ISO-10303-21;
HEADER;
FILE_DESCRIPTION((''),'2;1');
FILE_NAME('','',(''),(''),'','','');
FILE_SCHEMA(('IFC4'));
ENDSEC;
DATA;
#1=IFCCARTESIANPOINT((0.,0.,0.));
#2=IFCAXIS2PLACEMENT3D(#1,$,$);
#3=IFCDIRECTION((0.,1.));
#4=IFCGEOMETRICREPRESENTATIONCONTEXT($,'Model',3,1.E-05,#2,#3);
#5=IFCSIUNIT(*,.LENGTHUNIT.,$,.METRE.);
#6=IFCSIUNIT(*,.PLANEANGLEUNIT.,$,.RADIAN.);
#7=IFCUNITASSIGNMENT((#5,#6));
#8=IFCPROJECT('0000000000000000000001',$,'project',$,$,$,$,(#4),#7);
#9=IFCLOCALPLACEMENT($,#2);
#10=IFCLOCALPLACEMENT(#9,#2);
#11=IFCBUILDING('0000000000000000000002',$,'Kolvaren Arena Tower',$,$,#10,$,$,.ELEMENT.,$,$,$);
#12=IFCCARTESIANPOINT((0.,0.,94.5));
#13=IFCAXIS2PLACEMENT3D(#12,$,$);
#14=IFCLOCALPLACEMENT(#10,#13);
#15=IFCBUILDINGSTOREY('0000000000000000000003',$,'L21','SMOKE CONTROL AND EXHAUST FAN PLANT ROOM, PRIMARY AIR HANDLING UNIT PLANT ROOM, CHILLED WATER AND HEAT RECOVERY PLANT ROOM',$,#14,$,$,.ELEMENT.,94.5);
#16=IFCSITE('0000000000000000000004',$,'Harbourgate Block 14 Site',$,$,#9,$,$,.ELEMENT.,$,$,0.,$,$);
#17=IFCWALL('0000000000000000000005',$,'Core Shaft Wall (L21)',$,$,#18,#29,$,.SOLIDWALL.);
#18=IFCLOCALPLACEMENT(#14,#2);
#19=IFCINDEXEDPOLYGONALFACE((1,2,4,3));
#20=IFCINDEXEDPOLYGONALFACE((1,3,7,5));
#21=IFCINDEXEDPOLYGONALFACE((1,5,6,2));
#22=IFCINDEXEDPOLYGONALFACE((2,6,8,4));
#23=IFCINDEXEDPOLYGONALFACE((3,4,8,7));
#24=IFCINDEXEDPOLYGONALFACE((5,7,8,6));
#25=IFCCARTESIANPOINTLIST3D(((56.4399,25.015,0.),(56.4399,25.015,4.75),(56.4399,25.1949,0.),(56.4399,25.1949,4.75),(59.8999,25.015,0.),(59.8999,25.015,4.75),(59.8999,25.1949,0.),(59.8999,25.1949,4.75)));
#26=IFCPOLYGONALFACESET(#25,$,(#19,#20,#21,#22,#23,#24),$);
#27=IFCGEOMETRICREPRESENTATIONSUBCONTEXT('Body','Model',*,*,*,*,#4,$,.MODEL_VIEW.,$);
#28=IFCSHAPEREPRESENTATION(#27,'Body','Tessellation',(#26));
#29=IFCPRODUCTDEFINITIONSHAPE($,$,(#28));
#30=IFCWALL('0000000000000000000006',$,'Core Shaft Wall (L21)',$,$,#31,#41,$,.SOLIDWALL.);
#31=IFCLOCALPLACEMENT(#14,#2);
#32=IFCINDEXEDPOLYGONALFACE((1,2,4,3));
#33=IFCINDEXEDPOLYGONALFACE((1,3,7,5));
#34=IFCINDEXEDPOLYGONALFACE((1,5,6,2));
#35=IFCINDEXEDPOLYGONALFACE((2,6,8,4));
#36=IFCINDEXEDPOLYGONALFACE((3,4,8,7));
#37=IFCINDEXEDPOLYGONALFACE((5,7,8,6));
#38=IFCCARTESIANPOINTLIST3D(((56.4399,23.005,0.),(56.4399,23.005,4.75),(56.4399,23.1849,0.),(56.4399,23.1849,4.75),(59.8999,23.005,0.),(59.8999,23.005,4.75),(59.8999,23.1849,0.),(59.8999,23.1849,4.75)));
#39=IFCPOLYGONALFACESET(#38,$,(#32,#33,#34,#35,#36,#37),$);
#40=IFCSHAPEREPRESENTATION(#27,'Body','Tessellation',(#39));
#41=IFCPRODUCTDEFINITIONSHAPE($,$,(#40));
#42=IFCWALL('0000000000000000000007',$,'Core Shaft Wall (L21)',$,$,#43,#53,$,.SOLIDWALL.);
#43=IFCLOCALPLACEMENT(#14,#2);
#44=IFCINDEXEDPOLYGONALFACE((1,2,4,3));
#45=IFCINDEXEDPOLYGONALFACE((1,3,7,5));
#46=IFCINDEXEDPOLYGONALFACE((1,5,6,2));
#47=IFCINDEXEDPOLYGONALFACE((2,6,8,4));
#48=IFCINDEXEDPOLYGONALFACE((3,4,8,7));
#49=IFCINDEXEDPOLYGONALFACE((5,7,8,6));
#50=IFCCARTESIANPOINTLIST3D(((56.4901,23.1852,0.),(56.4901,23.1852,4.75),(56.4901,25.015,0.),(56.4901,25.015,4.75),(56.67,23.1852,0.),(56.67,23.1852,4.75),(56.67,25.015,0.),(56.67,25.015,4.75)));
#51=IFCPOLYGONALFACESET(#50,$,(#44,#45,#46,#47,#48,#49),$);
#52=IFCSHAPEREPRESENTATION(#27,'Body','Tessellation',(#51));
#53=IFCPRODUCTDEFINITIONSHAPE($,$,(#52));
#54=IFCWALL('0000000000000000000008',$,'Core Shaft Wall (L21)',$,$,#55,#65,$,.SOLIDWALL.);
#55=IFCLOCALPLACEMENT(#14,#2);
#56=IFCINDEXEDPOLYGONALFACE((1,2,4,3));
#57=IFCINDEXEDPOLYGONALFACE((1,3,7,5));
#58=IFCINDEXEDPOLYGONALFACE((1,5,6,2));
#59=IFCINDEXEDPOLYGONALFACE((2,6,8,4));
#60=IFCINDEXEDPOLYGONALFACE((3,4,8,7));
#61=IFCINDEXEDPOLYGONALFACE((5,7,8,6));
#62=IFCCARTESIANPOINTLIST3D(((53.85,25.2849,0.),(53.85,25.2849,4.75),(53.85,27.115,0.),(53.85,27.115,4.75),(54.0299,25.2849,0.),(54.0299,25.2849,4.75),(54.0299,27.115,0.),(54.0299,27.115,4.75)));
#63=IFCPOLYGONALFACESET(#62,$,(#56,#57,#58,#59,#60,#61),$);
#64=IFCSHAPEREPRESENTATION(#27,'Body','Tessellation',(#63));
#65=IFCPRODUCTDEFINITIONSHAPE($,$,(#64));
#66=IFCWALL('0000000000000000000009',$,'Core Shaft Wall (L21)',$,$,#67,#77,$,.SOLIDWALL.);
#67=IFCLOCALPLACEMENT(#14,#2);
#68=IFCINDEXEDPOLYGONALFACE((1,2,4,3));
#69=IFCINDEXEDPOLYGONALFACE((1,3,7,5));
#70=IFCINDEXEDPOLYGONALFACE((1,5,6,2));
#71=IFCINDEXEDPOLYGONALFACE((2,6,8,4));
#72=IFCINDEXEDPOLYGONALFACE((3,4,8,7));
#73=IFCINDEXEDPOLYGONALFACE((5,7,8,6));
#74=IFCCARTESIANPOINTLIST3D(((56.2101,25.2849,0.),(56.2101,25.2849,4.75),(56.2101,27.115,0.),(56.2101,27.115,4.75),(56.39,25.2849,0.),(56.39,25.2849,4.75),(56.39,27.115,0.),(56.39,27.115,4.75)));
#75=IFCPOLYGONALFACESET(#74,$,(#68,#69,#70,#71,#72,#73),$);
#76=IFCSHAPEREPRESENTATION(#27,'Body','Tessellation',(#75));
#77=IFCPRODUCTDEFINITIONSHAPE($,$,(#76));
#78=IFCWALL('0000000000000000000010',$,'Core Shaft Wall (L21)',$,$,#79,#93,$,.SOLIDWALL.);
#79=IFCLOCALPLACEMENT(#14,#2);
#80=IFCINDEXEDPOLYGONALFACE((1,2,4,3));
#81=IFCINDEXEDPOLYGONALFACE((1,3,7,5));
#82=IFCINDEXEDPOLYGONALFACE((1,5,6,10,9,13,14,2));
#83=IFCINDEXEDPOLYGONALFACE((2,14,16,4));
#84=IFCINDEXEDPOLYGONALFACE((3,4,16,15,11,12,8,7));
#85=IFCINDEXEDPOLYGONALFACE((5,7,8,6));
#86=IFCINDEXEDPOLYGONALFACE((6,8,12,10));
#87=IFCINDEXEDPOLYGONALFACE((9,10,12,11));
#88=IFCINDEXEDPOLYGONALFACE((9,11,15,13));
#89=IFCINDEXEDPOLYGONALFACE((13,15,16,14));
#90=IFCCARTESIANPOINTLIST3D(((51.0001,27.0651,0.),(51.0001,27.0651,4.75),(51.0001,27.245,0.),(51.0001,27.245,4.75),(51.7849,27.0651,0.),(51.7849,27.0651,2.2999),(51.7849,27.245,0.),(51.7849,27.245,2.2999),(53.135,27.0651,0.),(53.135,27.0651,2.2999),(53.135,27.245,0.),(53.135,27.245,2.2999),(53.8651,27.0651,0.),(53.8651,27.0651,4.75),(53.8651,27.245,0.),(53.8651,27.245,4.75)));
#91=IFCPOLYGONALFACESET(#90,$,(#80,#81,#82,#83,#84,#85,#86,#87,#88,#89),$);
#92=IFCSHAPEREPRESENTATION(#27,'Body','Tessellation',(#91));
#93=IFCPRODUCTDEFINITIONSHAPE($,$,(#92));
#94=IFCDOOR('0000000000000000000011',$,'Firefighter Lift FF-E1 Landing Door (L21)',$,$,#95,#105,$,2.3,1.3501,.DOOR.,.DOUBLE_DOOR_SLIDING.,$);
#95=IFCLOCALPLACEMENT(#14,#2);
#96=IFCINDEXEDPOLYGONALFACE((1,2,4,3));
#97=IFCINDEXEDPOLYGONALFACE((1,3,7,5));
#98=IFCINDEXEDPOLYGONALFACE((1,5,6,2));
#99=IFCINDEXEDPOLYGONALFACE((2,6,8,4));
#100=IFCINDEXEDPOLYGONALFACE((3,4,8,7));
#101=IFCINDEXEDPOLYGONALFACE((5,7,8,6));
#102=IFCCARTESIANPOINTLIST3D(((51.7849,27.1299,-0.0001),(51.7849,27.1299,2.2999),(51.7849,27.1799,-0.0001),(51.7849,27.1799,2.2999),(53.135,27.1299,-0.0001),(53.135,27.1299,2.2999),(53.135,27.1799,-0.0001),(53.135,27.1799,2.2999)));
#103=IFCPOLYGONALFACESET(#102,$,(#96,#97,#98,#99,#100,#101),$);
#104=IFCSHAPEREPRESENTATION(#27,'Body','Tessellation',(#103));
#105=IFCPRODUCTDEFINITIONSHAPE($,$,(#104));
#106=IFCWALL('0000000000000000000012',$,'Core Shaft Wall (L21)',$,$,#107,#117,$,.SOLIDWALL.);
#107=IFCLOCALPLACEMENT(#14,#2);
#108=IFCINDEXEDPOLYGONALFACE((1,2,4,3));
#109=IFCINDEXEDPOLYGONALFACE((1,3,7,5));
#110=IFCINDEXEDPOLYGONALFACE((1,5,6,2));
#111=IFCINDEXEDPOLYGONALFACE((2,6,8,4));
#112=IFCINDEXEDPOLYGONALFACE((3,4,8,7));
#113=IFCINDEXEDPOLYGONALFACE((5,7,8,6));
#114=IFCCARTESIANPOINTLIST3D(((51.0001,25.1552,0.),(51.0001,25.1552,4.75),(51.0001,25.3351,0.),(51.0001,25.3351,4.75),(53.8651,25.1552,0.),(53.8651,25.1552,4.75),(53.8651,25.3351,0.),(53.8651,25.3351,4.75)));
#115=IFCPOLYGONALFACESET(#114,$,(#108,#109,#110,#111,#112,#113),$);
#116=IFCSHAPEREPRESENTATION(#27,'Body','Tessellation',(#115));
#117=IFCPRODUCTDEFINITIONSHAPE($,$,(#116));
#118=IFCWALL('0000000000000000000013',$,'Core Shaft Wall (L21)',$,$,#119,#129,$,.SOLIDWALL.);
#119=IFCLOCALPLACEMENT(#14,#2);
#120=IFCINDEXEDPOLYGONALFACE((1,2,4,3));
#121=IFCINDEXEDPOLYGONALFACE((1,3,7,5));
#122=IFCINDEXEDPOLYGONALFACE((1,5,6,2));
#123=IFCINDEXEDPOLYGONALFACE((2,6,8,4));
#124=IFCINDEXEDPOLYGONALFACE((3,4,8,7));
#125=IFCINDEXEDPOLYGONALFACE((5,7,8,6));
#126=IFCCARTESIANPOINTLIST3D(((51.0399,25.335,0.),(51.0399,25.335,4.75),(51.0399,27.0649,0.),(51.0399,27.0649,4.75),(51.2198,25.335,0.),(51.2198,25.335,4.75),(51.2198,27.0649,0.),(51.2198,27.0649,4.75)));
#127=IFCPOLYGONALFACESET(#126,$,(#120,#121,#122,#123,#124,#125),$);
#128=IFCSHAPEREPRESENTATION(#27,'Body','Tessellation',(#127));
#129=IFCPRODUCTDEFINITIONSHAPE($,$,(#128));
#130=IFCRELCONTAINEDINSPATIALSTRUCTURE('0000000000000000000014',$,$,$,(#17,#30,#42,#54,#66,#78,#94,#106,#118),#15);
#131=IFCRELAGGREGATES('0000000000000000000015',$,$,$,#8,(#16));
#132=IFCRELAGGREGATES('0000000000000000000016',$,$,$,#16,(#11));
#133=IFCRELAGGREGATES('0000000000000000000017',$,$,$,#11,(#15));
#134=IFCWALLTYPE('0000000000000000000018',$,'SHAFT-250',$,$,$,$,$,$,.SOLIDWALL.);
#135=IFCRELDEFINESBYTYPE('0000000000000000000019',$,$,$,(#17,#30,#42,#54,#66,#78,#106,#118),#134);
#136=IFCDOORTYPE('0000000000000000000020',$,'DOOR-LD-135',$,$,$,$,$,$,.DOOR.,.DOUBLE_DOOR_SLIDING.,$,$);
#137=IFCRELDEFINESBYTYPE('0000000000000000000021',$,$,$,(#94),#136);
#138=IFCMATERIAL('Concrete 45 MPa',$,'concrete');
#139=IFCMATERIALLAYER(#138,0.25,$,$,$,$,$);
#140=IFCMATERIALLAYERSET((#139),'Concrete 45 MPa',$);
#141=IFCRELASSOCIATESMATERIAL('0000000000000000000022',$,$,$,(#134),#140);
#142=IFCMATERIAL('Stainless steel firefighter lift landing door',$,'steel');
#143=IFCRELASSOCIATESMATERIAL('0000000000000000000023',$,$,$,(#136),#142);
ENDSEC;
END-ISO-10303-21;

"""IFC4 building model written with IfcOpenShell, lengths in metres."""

from ifc_helpers import new_model, si_unit, direction, frame, frame_2d, origin, place, context, subcontext, project, spatial, rectangle, extrude, material, layer, layer_set, type_object, element, fill, save


model = new_model("IFC4")

# Units and contexts
model_context = context("Model", 3, precision=1e-05, world=origin(), true_north=direction((0.0, 1.0)))
body_context = subcontext(model_context, "Body", "Model", "MODEL_VIEW")
ifc_project = project(units=[si_unit("LENGTHUNIT", "METRE"), si_unit("PLANEANGLEUNIT", "RADIAN")], contexts=[model_context])

# Site, building, storey
site_placement = place(None, origin())
site = spatial("IfcSite", under=ifc_project, at=site_placement, Name="Harbourgate Block 14 Site", CompositionType="ELEMENT", RefElevation=0.0)
building_placement = place(site_placement, origin())
building = spatial("IfcBuilding", under=site, at=building_placement, Name="Kolvaren Arena Tower", CompositionType="ELEMENT")
storey_placement = place(building_placement, frame((0.0, 0.0, 94.5)))
storey = spatial("IfcBuildingStorey", under=building, at=storey_placement, Name="L21", Description="SMOKE CONTROL AND EXHAUST FAN PLANT ROOM, PRIMARY AIR HANDLING UNIT PLANT ROOM, CHILLED WATER AND HEAT RECOVERY PLANT ROOM", CompositionType="ELEMENT", Elevation=94.5)

# Walls
ifc_material_1 = material(Name="Concrete 45 MPa", Category="concrete")
ifc_layer_1 = layer(ifc_material_1, 0.25)
ifc_layer_set_1 = layer_set([ifc_layer_1], Name="Concrete 45 MPa")
wall_type_1 = type_object("IfcWallType", Name="SHAFT-250", PredefinedType="SOLIDWALL", material=ifc_layer_set_1)
for number, where, z_axis, x_axis, name in (
    (1, (56.4399, 25.105, 0.0), (0.0, 0.0, 1.0), (1.0, 0.0, 0.0), "Core Shaft Wall (L21)"),
    (2, (56.4399, 23.095, 0.0), (0.0, 0.0, 1.0), (1.0, 0.0, 0.0), "Core Shaft Wall (L21)"),
):
    element("IfcWall", number, at=place(storey_placement, frame(where, z_axis=z_axis, x_axis=x_axis)), inside=storey, type_object=wall_type_1, Name=name, PredefinedType="SOLIDWALL", context=body_context, shape_type="SweptSolid", body=[
        extrude(rectangle(XDim=3.46, YDim=0.1799, at=frame_2d((1.73, 0.0))), origin(), (0.0, 0.0, 1.0), 4.75),
    ])
wall_1_placement = place(storey_placement, frame((56.5801, 23.1851, 0.0), z_axis=(0.0, 0.0, 1.0), x_axis=(0.0, 1.0, 0.0)))
element("IfcWall", 3, at=wall_1_placement, inside=storey, type_object=wall_type_1, Name="Core Shaft Wall (L21)", PredefinedType="SOLIDWALL", context=body_context, shape_type="SweptSolid", body=[
    extrude(rectangle(XDim=1.8298, YDim=0.1799, at=frame_2d((0.915, 0.0))), origin(), (0.0, 0.0, 1.0), 4.75),
])
for number, where, z_axis, x_axis, name in (
    (4, (53.9399, 25.2849, 0.0), (0.0, 0.0, 1.0), (0.0, 1.0, 0.0), "Core Shaft Wall (L21)"),
    (5, (56.3, 25.2849, 0.0), (0.0, 0.0, 1.0), (0.0, 1.0, 0.0), "Core Shaft Wall (L21)"),
):
    element("IfcWall", number, at=place(storey_placement, frame(where, z_axis=z_axis, x_axis=x_axis)), inside=storey, type_object=wall_type_1, Name=name, PredefinedType="SOLIDWALL", context=body_context, shape_type="SweptSolid", body=[
        extrude(rectangle(XDim=1.8301, YDim=0.1799, at=frame_2d((0.915, 0.0))), origin(), (0.0, 0.0, 1.0), 4.75),
    ])

# Wall, opening, door
wall_2_placement = place(storey_placement, frame((51.0, 27.155, 0.0), z_axis=(0.0, 0.0, 1.0), x_axis=(1.0, 0.0, 0.0)))
wall_2 = element("IfcWall", 6, at=wall_2_placement, inside=storey, type_object=wall_type_1, Name="Core Shaft Wall (L21)", PredefinedType="SOLIDWALL", context=body_context, shape_type="SweptSolid", body=[
    extrude(rectangle(XDim=2.865, YDim=0.1799, at=frame_2d((1.4326, 0.0))), origin(), (0.0, 0.0, 1.0), 4.75),
])
opening_placement = place(wall_2_placement, frame((0.7849, 0.0, 0.0)))
opening = element("IfcOpeningElement", 7, at=opening_placement, cuts=wall_2, PredefinedType="OPENING", context=body_context, shape_type="SweptSolid", body=[
    extrude(rectangle(XDim=1.3501, YDim=2.3, at=frame_2d((0.675, 1.1499))), frame((0.0, 0.0999, 0.0), z_axis=(0.0, -1.0, 0.0), x_axis=(1.0, 0.0, 0.0)), (0.0, 0.0, 1.0), 0.2),
])
ifc_material_2 = material(Name="Stainless steel firefighter lift landing door", Category="steel")
door_type = type_object("IfcDoorType", Name="DOOR-LD-135", OperationType="DOUBLE_DOOR_SLIDING", PredefinedType="DOOR", material=ifc_material_2)
door_placement = place(opening_placement, origin())
door = element("IfcDoor", 8, at=door_placement, inside=storey, type_object=door_type, Name="Firefighter Lift FF-E1 Landing Door (L21)", OperationType="DOUBLE_DOOR_SLIDING", OverallHeight=2.3, OverallWidth=1.3501, PredefinedType="DOOR", context=body_context, shape_type="SweptSolid", body=[
    extrude(rectangle(XDim=1.3501, YDim=2.3, at=frame_2d((0.675, 1.1499))), frame((0.0, 0.0249, 0.0), z_axis=(0.0, -1.0, 0.0), x_axis=(1.0, 0.0, 0.0)), (0.0, 0.0, 1.0), 0.05),
])
fill(opening, door)

# Walls
wall_3_placement = place(storey_placement, frame((51.0, 25.2451, 0.0), z_axis=(0.0, 0.0, 1.0), x_axis=(1.0, 0.0, 0.0)))
element("IfcWall", 9, at=wall_3_placement, inside=storey, type_object=wall_type_1, Name="Core Shaft Wall (L21)", PredefinedType="SOLIDWALL", context=body_context, shape_type="SweptSolid", body=[
    extrude(rectangle(XDim=2.865, YDim=0.1799, at=frame_2d((1.4326, 0.0))), origin(), (0.0, 0.0, 1.0), 4.75),
])
wall_4_placement = place(storey_placement, frame((51.1299, 25.335, 0.0), z_axis=(0.0, 0.0, 1.0), x_axis=(0.0, 1.0, 0.0)))
element("IfcWall", 10, at=wall_4_placement, inside=storey, type_object=wall_type_1, Name="Core Shaft Wall (L21)", PredefinedType="SOLIDWALL", context=body_context, shape_type="SweptSolid", body=[
    extrude(rectangle(XDim=1.73, YDim=0.1799, at=frame_2d((0.865, 0.0))), origin(), (0.0, 0.0, 1.0), 4.75),
])

save(model, "model.ifc")
